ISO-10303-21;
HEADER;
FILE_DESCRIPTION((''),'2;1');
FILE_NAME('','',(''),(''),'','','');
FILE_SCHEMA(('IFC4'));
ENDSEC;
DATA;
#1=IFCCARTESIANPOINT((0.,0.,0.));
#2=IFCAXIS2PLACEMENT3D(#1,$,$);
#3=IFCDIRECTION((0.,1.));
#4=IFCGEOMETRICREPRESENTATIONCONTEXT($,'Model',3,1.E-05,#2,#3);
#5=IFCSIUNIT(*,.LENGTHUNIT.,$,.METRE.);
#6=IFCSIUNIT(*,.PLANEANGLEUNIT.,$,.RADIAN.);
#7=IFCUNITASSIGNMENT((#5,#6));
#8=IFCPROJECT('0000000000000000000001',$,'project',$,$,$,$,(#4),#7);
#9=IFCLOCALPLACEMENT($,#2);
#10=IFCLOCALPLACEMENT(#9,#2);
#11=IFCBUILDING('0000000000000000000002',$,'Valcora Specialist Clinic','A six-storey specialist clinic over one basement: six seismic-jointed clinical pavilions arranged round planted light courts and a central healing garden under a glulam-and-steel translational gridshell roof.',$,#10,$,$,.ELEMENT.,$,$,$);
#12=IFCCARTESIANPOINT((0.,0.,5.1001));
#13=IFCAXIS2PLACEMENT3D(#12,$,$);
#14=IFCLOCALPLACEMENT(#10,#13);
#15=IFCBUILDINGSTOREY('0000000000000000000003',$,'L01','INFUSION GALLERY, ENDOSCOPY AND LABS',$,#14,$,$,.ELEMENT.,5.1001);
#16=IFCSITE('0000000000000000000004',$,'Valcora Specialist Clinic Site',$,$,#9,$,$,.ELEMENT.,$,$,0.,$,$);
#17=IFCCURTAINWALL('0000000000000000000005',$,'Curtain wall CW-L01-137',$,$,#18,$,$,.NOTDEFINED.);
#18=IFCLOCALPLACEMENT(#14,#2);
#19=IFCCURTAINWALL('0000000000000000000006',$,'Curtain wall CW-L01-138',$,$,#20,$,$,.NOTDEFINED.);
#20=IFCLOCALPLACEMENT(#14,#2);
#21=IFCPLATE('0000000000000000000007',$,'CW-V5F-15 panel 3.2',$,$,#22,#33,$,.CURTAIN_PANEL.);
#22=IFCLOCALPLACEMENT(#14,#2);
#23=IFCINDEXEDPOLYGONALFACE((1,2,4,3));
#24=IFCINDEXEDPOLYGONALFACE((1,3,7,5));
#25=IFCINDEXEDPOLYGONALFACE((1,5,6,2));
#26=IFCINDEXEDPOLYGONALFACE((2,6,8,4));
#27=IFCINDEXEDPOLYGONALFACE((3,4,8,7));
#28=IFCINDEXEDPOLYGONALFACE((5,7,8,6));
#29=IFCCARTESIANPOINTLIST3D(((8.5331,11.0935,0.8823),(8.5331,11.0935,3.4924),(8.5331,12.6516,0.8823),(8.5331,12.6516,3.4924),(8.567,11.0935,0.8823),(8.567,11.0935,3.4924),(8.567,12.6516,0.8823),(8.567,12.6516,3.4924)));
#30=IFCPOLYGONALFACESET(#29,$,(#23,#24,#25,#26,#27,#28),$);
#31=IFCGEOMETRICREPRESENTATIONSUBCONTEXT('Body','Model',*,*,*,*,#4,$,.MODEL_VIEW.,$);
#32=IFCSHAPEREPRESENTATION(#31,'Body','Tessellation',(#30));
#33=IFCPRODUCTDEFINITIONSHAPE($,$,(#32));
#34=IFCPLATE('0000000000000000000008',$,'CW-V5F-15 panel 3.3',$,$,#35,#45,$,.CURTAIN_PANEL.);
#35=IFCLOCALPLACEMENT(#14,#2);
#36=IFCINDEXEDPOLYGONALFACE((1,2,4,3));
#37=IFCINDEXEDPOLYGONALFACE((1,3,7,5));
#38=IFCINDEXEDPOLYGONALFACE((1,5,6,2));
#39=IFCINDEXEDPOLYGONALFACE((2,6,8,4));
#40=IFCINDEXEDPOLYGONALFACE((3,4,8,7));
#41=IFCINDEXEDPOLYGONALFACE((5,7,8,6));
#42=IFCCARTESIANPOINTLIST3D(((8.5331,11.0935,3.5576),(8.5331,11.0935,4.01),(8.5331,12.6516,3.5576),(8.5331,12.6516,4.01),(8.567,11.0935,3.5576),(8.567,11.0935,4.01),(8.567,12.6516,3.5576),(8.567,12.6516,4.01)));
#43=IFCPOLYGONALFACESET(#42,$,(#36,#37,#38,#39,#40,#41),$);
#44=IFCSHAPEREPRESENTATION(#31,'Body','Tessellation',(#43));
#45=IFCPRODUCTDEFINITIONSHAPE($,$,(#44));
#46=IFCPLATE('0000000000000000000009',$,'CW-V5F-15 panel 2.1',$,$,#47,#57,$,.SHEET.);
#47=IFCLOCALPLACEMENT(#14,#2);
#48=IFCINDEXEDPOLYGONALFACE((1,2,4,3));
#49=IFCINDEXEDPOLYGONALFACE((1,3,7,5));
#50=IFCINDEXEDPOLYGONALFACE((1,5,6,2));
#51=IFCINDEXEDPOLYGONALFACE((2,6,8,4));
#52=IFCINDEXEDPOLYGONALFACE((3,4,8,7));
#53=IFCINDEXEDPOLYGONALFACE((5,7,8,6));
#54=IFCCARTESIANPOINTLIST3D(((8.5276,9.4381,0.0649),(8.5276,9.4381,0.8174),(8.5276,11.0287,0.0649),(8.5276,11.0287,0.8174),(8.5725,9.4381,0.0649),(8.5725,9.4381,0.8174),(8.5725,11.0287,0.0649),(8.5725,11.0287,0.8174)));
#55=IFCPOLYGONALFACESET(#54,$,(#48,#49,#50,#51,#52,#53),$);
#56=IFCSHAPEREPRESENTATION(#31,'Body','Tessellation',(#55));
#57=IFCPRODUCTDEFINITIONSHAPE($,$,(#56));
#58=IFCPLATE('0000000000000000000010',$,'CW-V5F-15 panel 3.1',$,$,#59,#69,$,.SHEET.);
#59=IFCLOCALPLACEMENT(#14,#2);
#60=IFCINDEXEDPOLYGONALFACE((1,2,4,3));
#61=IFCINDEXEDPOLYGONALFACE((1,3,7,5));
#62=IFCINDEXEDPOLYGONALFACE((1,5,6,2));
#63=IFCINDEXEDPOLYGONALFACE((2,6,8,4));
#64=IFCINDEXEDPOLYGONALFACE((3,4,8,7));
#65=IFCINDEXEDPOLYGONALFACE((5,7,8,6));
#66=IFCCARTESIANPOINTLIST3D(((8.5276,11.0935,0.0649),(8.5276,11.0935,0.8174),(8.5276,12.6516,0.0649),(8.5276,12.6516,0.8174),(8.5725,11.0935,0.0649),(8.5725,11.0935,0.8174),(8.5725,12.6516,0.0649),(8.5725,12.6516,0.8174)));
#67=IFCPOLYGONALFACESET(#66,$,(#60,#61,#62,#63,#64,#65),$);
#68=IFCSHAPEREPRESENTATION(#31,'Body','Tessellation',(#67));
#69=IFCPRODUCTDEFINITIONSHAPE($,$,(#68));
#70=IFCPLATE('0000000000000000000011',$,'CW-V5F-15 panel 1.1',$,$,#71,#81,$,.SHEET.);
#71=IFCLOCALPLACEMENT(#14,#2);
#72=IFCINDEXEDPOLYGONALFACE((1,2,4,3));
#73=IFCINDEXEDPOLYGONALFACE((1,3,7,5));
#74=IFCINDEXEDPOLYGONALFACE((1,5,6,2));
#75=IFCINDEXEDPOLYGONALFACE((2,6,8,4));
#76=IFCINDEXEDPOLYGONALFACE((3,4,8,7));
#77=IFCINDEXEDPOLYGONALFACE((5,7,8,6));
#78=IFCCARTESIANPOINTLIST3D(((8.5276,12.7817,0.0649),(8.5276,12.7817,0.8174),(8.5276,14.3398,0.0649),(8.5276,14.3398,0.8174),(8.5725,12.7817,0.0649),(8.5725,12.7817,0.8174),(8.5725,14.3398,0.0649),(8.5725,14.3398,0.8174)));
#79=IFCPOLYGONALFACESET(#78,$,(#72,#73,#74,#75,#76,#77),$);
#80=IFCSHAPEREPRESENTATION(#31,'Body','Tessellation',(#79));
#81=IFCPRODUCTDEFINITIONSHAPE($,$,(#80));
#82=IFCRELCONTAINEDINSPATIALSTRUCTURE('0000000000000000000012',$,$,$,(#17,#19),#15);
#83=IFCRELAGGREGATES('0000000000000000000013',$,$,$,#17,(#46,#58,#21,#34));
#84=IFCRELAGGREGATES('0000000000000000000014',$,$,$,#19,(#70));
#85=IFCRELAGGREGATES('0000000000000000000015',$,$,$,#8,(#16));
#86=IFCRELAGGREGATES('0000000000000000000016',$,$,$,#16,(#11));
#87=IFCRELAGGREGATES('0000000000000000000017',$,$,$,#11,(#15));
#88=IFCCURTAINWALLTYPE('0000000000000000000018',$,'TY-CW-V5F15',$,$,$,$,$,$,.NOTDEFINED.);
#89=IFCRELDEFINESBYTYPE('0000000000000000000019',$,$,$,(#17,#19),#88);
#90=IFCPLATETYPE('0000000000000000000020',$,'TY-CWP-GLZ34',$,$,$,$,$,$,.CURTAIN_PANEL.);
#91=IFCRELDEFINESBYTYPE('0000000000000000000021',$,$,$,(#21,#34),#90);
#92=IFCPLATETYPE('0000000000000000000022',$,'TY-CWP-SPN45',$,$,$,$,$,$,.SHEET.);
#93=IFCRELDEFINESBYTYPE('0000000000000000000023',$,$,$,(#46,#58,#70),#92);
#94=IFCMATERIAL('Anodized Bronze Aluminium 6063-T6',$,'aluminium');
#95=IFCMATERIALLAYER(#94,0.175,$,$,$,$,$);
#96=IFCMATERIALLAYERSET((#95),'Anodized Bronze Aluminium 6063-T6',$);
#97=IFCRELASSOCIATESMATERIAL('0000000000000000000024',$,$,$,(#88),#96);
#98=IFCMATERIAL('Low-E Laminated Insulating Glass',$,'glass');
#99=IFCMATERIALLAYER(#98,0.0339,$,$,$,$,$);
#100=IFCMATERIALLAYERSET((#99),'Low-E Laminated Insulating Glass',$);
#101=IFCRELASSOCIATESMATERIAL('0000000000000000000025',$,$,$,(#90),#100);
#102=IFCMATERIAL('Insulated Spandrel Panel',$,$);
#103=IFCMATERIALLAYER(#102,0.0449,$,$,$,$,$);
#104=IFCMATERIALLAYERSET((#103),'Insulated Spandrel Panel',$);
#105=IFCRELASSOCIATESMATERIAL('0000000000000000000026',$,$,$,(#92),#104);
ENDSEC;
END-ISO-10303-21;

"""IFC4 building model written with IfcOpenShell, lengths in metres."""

from ifc_helpers import new_model, si_unit, direction, frame, origin, origin_2d, place, context, subcontext, project, spatial, rectangle, extrude, material, layer, layer_set, type_object, element, aggregate, save


model = new_model("IFC4")

# Units and contexts
model_context = context("Model", 3, precision=1e-05, world=origin(), true_north=direction((0.0, 1.0)))
body_context = subcontext(model_context, "Body", "Model", "MODEL_VIEW")
ifc_project = project(units=[si_unit("LENGTHUNIT", "METRE"), si_unit("PLANEANGLEUNIT", "RADIAN")], contexts=[model_context])

# Site, building, storey
site_placement = place(None, origin())
site = spatial("IfcSite", under=ifc_project, at=site_placement, Name="Valcora Specialist Clinic Site", CompositionType="ELEMENT", RefElevation=0.0)
building_placement = place(site_placement, origin())
building = spatial("IfcBuilding", under=site, at=building_placement, Name="Valcora Specialist Clinic", Description="A six-storey specialist clinic over one basement: six seismic-jointed clinical pavilions arranged round planted light courts and a central healing garden under a glulam-and-steel translational gridshell roof.", CompositionType="ELEMENT")
storey_placement = place(building_placement, frame((0.0, 0.0, 5.1001)))
storey = spatial("IfcBuildingStorey", under=building, at=storey_placement, Name="L01", Description="INFUSION GALLERY, ENDOSCOPY AND LABS", CompositionType="ELEMENT", Elevation=5.1001)

# Curtain walls
ifc_material_1 = material(Name="Anodized Bronze Aluminium 6063-T6", Category="aluminium")
ifc_layer_1 = layer(ifc_material_1, 0.175)
ifc_layer_set_1 = layer_set([ifc_layer_1], Name="Anodized Bronze Aluminium 6063-T6")
curtain_wall_type = type_object("IfcCurtainWallType", Name="TY-CW-V5F15", PredefinedType="NOTDEFINED", material=ifc_layer_set_1)
curtain_wall_1_placement = place(storey_placement, origin())
curtain_wall_1 = element("IfcCurtainWall", 1, at=curtain_wall_1_placement, inside=storey, type_object=curtain_wall_type, Name="Curtain wall CW-L01-137", PredefinedType="NOTDEFINED")
curtain_wall_2_placement = place(storey_placement, origin())
curtain_wall_2 = element("IfcCurtainWall", 2, at=curtain_wall_2_placement, inside=storey, type_object=curtain_wall_type, Name="Curtain wall CW-L01-138", PredefinedType="NOTDEFINED")

# Plates
ifc_material_2 = material(Name="Low-E Laminated Insulating Glass", Category="glass")
ifc_layer_2 = layer(ifc_material_2, 0.0339)
ifc_layer_set_2 = layer_set([ifc_layer_2], Name="Low-E Laminated Insulating Glass")
plate_type_1 = type_object("IfcPlateType", Name="TY-CWP-GLZ34", PredefinedType="CURTAIN_PANEL", material=ifc_layer_set_2)
plate_1_placement = place(storey_placement, frame((8.55, 11.8726, 0.8823), z_axis=(0.0, 0.0, 1.0), x_axis=(0.0, 1.0, 0.0)))
plate_1 = element("IfcPlate", 3, at=plate_1_placement, type_object=plate_type_1, Name="CW-V5F-15 panel 3.2", PredefinedType="CURTAIN_PANEL", context=body_context, shape_type="SweptSolid", body=[
    extrude(rectangle(XDim=1.5581, YDim=0.0339, at=origin_2d()), origin(), (0.0, 0.0, 1.0), 2.6101),
])
plate_2_placement = place(storey_placement, frame((8.55, 11.8726, 3.5576), z_axis=(0.0, 0.0, 1.0), x_axis=(0.0, 1.0, 0.0)))
plate_2 = element("IfcPlate", 4, at=plate_2_placement, type_object=plate_type_1, Name="CW-V5F-15 panel 3.3", PredefinedType="CURTAIN_PANEL", context=body_context, shape_type="SweptSolid", body=[
    extrude(rectangle(XDim=1.5581, YDim=0.0339, at=origin_2d()), origin(), (0.0, 0.0, 1.0), 0.4524),
])
ifc_material_3 = material(Name="Insulated Spandrel Panel")
ifc_layer_3 = layer(ifc_material_3, 0.0449)
ifc_layer_set_3 = layer_set([ifc_layer_3], Name="Insulated Spandrel Panel")
plate_type_2 = type_object("IfcPlateType", Name="TY-CWP-SPN45", PredefinedType="SHEET", material=ifc_layer_set_3)
plate_3_placement = place(storey_placement, frame((8.55, 10.2334, 0.0649), z_axis=(0.0, 0.0, 1.0), x_axis=(0.0, 1.0, 0.0)))
plate_3 = element("IfcPlate", 5, at=plate_3_placement, type_object=plate_type_2, Name="CW-V5F-15 panel 2.1", PredefinedType="SHEET", context=body_context, shape_type="SweptSolid", body=[
    extrude(rectangle(XDim=1.5906, YDim=0.0449, at=origin_2d()), origin(), (0.0, 0.0, 1.0), 0.7524),
])
plate_4_placement = place(storey_placement, frame((8.55, 11.8726, 0.0649), z_axis=(0.0, 0.0, 1.0), x_axis=(0.0, 1.0, 0.0)))
plate_4 = element("IfcPlate", 6, at=plate_4_placement, type_object=plate_type_2, Name="CW-V5F-15 panel 3.1", PredefinedType="SHEET", context=body_context, shape_type="SweptSolid", body=[
    extrude(rectangle(XDim=1.5581, YDim=0.0449, at=origin_2d()), origin(), (0.0, 0.0, 1.0), 0.7524),
])
aggregate(curtain_wall_1, [plate_3, plate_4, plate_1, plate_2])
plate_5_placement = place(storey_placement, frame((8.55, 13.5608, 0.0649), z_axis=(0.0, 0.0, 1.0), x_axis=(0.0, 1.0, 0.0)))
plate_5 = element("IfcPlate", 7, at=plate_5_placement, type_object=plate_type_2, Name="CW-V5F-15 panel 1.1", PredefinedType="SHEET", context=body_context, shape_type="SweptSolid", body=[
    extrude(rectangle(XDim=1.5581, YDim=0.0449, at=origin_2d()), origin(), (0.0, 0.0, 1.0), 0.7524),
])
aggregate(curtain_wall_2, [plate_5])

save(model, "model.ifc")
